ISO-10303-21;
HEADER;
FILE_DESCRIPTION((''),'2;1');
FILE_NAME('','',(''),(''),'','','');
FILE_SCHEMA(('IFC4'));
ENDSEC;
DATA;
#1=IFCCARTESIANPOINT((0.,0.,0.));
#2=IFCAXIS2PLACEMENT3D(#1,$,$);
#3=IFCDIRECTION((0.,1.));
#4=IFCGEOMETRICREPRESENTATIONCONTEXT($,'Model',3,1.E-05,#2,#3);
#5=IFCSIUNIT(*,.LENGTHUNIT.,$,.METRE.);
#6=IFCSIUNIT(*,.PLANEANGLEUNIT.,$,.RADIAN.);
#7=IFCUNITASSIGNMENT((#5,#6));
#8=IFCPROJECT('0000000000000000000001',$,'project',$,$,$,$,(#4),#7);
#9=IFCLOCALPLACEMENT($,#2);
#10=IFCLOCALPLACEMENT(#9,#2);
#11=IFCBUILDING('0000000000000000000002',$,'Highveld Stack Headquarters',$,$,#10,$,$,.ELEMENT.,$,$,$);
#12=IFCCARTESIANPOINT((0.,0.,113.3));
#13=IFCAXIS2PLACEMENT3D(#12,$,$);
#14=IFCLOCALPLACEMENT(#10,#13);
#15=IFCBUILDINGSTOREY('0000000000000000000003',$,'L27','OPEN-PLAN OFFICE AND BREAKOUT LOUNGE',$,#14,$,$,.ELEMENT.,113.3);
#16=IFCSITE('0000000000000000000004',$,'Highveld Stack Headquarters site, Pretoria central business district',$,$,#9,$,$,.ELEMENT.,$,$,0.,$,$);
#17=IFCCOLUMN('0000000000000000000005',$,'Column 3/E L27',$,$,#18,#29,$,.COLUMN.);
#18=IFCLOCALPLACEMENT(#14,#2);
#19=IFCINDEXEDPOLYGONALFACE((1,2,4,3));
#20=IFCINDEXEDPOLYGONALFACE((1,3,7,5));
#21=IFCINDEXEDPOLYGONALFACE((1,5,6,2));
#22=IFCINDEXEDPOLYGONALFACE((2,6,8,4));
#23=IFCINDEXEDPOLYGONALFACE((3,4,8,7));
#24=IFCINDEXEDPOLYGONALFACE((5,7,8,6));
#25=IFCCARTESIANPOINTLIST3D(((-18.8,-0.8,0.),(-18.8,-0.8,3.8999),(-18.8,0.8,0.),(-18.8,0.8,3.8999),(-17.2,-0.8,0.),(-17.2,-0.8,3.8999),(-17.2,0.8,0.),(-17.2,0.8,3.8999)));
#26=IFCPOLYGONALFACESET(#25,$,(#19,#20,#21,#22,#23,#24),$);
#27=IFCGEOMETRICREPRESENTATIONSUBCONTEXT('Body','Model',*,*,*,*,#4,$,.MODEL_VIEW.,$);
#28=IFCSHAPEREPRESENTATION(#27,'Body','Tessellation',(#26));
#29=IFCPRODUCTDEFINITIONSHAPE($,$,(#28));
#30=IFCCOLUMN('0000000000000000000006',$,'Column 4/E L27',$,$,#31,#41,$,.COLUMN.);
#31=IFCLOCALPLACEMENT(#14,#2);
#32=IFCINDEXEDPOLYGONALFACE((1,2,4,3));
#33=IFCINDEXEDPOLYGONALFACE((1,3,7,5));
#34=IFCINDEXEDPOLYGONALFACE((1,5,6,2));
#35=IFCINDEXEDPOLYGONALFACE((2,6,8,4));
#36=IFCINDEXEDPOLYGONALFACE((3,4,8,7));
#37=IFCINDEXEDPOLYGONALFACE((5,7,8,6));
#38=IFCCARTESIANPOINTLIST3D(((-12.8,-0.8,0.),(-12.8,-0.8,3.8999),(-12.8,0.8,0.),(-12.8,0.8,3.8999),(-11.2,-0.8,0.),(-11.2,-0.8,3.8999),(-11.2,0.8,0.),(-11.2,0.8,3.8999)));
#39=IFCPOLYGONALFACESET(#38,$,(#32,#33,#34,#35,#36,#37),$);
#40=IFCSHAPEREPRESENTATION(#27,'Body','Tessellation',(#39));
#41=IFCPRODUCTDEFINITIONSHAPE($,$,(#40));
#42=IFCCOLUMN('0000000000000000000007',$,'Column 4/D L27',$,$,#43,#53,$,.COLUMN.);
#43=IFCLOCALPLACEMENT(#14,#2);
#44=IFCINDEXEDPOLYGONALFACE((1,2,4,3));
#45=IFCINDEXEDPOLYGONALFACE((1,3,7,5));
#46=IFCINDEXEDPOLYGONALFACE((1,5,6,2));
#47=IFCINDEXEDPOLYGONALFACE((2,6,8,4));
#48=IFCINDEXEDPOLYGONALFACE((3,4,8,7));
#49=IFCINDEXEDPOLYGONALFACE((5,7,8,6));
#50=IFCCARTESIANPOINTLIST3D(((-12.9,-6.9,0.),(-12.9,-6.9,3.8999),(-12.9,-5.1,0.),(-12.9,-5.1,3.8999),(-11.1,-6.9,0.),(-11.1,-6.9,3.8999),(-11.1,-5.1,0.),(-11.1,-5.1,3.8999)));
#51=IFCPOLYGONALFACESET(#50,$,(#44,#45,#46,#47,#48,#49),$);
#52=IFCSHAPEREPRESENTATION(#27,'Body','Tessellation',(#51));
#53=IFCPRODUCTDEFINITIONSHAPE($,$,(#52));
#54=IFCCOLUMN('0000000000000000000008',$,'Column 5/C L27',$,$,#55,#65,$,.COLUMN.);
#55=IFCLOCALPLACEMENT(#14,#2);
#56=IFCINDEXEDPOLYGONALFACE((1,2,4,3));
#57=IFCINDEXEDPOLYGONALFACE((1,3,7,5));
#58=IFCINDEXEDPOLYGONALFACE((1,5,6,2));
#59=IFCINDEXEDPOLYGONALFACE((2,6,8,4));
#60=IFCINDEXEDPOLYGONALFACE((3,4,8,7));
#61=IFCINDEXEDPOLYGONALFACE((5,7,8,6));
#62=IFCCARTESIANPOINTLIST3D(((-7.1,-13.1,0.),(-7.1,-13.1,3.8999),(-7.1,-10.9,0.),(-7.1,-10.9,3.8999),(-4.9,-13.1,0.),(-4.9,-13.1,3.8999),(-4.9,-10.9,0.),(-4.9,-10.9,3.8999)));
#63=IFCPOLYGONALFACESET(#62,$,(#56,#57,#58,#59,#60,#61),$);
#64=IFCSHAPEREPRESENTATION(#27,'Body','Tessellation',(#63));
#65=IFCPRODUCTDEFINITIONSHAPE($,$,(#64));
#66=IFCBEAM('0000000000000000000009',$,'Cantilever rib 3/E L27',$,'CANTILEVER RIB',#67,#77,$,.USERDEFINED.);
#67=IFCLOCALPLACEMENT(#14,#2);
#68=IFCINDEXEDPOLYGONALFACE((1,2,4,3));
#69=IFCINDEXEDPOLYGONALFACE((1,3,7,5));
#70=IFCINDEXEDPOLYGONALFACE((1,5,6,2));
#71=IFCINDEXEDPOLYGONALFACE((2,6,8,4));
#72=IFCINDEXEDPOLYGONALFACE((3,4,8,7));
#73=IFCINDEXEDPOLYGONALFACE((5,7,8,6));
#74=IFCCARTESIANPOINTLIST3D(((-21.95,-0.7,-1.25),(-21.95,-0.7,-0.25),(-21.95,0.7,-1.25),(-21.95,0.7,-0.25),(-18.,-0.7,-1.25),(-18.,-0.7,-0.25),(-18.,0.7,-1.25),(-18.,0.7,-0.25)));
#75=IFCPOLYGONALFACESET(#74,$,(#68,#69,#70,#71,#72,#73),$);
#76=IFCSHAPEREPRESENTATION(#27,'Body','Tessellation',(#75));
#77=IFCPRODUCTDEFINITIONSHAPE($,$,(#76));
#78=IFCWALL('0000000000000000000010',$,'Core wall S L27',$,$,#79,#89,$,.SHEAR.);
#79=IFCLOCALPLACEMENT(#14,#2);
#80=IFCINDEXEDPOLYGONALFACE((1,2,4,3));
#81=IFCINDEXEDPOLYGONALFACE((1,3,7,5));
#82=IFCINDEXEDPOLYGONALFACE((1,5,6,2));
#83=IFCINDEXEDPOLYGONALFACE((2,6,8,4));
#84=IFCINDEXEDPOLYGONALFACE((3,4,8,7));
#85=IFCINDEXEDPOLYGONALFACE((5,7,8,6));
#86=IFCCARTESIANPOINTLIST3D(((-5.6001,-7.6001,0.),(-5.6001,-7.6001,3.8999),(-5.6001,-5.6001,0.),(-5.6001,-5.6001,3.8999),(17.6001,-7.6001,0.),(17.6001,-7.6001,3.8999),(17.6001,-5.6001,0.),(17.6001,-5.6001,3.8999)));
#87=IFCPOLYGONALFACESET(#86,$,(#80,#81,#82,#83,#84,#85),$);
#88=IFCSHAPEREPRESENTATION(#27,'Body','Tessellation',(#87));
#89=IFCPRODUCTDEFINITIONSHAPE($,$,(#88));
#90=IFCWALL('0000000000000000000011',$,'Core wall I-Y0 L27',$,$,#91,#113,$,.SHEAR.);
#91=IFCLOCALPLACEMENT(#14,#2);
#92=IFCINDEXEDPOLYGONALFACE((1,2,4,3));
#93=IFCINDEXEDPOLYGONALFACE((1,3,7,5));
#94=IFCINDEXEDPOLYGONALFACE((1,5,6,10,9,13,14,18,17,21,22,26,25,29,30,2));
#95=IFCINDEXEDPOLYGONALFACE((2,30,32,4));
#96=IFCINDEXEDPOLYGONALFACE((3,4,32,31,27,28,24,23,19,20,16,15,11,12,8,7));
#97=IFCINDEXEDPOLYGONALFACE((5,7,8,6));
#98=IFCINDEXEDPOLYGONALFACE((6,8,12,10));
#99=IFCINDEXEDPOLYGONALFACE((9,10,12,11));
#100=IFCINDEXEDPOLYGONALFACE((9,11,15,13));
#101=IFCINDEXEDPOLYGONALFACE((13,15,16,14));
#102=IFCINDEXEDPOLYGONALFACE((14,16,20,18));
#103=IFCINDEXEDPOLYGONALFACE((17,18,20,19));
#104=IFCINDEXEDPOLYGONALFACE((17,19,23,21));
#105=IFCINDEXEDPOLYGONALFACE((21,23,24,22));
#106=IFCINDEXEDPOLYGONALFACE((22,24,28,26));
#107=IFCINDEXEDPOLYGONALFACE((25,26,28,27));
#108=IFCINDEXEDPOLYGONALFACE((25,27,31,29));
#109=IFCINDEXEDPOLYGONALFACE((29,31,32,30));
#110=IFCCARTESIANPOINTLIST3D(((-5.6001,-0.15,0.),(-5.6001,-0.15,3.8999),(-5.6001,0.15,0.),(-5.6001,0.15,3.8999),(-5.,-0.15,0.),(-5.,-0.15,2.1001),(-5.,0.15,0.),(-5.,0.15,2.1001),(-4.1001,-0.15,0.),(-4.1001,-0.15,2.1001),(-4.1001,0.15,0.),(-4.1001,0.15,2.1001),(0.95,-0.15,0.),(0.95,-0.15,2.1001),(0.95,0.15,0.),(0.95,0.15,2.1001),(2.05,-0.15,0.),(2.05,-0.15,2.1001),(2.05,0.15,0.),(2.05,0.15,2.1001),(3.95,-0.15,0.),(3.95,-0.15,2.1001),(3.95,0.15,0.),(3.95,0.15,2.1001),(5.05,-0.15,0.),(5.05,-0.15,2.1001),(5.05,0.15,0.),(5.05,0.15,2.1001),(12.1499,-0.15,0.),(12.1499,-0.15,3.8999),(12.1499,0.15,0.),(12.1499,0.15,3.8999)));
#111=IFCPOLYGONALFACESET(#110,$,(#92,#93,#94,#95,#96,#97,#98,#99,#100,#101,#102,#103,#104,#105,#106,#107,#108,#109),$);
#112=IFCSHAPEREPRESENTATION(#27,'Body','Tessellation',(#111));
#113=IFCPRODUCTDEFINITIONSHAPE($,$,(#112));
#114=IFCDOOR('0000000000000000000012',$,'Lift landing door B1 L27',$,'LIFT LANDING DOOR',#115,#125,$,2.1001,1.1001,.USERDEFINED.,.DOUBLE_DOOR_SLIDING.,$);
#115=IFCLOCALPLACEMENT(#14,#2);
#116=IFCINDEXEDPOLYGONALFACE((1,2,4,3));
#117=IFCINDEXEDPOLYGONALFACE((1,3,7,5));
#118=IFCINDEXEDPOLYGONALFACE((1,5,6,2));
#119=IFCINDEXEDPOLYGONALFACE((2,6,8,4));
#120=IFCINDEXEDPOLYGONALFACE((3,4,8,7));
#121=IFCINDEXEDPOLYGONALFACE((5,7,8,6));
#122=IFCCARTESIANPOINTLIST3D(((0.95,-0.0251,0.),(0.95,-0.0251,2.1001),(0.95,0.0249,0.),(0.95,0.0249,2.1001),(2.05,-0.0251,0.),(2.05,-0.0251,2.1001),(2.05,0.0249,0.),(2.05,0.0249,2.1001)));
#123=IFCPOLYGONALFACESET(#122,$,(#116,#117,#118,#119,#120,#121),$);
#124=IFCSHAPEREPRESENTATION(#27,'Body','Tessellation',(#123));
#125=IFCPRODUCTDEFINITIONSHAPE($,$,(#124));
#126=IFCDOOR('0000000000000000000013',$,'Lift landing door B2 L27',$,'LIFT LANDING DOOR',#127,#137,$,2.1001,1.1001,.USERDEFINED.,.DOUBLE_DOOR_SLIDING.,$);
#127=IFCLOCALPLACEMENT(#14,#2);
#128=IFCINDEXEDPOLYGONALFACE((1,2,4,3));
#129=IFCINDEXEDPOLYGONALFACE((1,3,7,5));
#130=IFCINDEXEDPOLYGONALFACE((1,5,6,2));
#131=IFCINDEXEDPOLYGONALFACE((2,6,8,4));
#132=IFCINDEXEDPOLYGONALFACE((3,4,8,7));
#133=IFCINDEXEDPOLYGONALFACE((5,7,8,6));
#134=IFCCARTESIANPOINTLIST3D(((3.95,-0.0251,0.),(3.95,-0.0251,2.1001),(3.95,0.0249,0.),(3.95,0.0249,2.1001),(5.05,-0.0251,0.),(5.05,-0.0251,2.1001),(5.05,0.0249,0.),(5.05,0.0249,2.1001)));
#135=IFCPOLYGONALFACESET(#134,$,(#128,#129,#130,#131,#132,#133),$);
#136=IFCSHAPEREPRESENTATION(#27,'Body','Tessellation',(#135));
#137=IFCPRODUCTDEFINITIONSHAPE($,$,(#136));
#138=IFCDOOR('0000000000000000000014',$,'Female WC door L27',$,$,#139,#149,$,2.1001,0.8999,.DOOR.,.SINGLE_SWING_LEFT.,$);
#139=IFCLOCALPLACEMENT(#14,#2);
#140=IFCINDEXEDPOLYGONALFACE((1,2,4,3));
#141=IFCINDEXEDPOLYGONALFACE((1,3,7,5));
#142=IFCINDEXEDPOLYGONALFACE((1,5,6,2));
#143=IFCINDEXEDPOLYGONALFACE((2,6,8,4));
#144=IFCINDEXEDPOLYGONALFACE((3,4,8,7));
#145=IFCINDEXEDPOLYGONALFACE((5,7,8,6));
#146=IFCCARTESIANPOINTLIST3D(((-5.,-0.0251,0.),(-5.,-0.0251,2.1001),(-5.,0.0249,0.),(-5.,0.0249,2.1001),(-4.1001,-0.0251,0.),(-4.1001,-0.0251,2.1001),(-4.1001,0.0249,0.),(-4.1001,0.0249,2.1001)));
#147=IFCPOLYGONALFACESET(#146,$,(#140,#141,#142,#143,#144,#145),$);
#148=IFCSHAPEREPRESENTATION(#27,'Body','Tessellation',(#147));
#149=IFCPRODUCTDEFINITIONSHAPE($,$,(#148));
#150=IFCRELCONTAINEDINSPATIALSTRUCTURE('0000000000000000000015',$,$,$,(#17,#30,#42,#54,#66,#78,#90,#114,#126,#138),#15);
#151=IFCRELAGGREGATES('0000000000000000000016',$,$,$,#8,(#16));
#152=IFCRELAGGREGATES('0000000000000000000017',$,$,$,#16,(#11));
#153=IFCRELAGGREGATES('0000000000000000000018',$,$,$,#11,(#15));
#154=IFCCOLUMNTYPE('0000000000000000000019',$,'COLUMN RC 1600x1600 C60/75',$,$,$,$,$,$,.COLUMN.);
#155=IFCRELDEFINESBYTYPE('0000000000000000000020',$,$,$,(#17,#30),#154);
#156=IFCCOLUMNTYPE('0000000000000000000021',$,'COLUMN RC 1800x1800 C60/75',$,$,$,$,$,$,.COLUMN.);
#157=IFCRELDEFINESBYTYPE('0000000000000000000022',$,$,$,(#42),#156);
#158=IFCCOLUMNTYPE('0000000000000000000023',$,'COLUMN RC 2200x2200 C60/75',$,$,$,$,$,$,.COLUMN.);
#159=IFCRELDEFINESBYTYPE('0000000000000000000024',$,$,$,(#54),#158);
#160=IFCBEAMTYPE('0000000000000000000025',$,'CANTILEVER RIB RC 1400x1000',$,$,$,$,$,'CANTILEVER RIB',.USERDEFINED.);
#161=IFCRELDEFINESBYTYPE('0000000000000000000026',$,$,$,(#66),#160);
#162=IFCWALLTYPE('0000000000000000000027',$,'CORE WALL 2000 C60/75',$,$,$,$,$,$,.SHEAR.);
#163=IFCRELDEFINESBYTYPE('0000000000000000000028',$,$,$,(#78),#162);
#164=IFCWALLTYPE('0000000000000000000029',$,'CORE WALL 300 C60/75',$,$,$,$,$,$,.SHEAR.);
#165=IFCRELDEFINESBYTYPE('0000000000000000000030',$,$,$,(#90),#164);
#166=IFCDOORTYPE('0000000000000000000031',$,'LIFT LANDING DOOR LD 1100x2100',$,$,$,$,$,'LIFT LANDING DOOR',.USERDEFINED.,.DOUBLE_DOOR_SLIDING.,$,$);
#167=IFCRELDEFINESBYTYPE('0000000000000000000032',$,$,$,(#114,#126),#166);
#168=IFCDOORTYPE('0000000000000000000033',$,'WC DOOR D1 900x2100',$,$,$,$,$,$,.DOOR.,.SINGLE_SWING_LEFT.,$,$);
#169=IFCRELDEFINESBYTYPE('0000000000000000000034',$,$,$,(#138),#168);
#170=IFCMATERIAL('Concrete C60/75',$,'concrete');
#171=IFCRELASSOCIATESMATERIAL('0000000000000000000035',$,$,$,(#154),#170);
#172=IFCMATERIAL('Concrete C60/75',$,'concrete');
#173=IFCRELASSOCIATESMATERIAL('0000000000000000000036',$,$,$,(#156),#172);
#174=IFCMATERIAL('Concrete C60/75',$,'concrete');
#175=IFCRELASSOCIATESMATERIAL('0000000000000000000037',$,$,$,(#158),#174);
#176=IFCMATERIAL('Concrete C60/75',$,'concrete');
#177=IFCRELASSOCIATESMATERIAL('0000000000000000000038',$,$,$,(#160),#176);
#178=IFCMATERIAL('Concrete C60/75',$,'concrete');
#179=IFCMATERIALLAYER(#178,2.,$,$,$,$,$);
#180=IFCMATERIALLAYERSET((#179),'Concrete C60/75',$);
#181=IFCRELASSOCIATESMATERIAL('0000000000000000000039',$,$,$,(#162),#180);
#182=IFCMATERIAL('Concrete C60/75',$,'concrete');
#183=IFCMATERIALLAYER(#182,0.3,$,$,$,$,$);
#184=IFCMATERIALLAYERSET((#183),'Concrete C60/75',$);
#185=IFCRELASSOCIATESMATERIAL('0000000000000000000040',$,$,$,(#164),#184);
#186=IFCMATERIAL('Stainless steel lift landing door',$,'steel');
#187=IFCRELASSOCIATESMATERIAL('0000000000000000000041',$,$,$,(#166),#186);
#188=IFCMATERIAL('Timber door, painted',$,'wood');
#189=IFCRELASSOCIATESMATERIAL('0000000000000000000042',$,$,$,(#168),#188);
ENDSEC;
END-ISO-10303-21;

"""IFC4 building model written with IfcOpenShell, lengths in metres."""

from ifc_helpers import new_model, si_unit, direction, frame, frame_2d, origin, origin_2d, place, context, subcontext, project, spatial, rectangle, extrude, material, layer, layer_set, material_profile, profile_set, type_object, element, fill, save


model = new_model("IFC4")

# Units and contexts
model_context = context("Model", 3, precision=1e-05, world=origin(), true_north=direction((0.0, 1.0)))
body_context = subcontext(model_context, "Body", "Model", "MODEL_VIEW")
ifc_project = project(units=[si_unit("LENGTHUNIT", "METRE"), si_unit("PLANEANGLEUNIT", "RADIAN")], contexts=[model_context])

# Site, building, storey
site_placement = place(None, origin())
site = spatial("IfcSite", under=ifc_project, at=site_placement, Name="Highveld Stack Headquarters site, Pretoria central business district", CompositionType="ELEMENT", RefElevation=0.0)
building_placement = place(site_placement, origin())
building = spatial("IfcBuilding", under=site, at=building_placement, Name="Highveld Stack Headquarters", CompositionType="ELEMENT")
storey_placement = place(building_placement, frame((0.0, 0.0, 113.3)))
storey = spatial("IfcBuildingStorey", under=building, at=storey_placement, Name="L27", Description="OPEN-PLAN OFFICE AND BREAKOUT LOUNGE", CompositionType="ELEMENT", Elevation=113.3)

# Columns
ifc_material_1 = material(Name="Concrete C60/75", Category="concrete")
ifc_material_profile_1 = material_profile(ifc_material_1, rectangle(XDim=1.6001, YDim=1.6001, at=origin_2d()), Name="RC 1600x1600")
ifc_profile_set_1 = profile_set([ifc_material_profile_1], Name="Concrete C60/75")
column_type_1 = type_object("IfcColumnType", Name="COLUMN RC 1600x1600 C60/75", PredefinedType="COLUMN", material=ifc_profile_set_1)
for number, where, z_axis, x_axis, name in (
    (1, (-18.0, 0.0, 0.0), (0.0, 0.0, 1.0), (1.0, 0.0, 0.0), "Column 3/E L27"),
    (2, (-12.0, 0.0, 0.0), (0.0, 0.0, 1.0), (1.0, 0.0, 0.0), "Column 4/E L27"),
):
    element("IfcColumn", number, at=place(storey_placement, frame(where, z_axis=z_axis, x_axis=x_axis)), inside=storey, type_object=column_type_1, Name=name, PredefinedType="COLUMN", context=body_context, shape_type="SweptSolid", body=[
        extrude(rectangle(XDim=1.6001, YDim=1.6001, at=origin_2d()), origin(), (0.0, 0.0, 1.0), 3.8999),
    ])
ifc_material_2 = material(Name="Concrete C60/75", Category="concrete")
ifc_material_profile_2 = material_profile(ifc_material_2, rectangle(XDim=1.8, YDim=1.8, at=origin_2d()), Name="RC 1800x1800")
ifc_profile_set_2 = profile_set([ifc_material_profile_2], Name="Concrete C60/75")
column_type_2 = type_object("IfcColumnType", Name="COLUMN RC 1800x1800 C60/75", PredefinedType="COLUMN", material=ifc_profile_set_2)
column_1_placement = place(storey_placement, frame((-12.0, -6.0, 0.0), z_axis=(0.0, 0.0, 1.0), x_axis=(1.0, 0.0, 0.0)))
element("IfcColumn", 3, at=column_1_placement, inside=storey, type_object=column_type_2, Name="Column 4/D L27", PredefinedType="COLUMN", context=body_context, shape_type="SweptSolid", body=[
    extrude(rectangle(XDim=1.8, YDim=1.8, at=origin_2d()), origin(), (0.0, 0.0, 1.0), 3.8999),
])
ifc_material_3 = material(Name="Concrete C60/75", Category="concrete")
ifc_material_profile_3 = material_profile(ifc_material_3, rectangle(XDim=2.2, YDim=2.2, at=origin_2d()), Name="RC 2200x2200")
ifc_profile_set_3 = profile_set([ifc_material_profile_3], Name="Concrete C60/75")
column_type_3 = type_object("IfcColumnType", Name="COLUMN RC 2200x2200 C60/75", PredefinedType="COLUMN", material=ifc_profile_set_3)
column_2_placement = place(storey_placement, frame((-6.0, -12.0, 0.0), z_axis=(0.0, 0.0, 1.0), x_axis=(1.0, 0.0, 0.0)))
element("IfcColumn", 4, at=column_2_placement, inside=storey, type_object=column_type_3, Name="Column 5/C L27", PredefinedType="COLUMN", context=body_context, shape_type="SweptSolid", body=[
    extrude(rectangle(XDim=2.2, YDim=2.2, at=origin_2d()), origin(), (0.0, 0.0, 1.0), 3.8999),
])

# Beam
ifc_material_4 = material(Name="Concrete C60/75", Category="concrete")
ifc_material_profile_4 = material_profile(ifc_material_4, rectangle(XDim=1.3999, YDim=1.0, at=origin_2d()), Name="RC 1400x1000")
ifc_profile_set_4 = profile_set([ifc_material_profile_4], Name="Concrete C60/75")
beam_type = type_object("IfcBeamType", Name="CANTILEVER RIB RC 1400x1000", ElementType="CANTILEVER RIB", PredefinedType="USERDEFINED", material=ifc_profile_set_4)
beam_placement = place(storey_placement, frame((-18.0, 0.0, -0.75), z_axis=(-1.0, 0.0, 0.0), x_axis=(0.0, -1.0, 0.0)))
element("IfcBeam", 5, at=beam_placement, inside=storey, type_object=beam_type, Name="Cantilever rib 3/E L27", ObjectType="CANTILEVER RIB", PredefinedType="USERDEFINED", context=body_context, shape_type="SweptSolid", body=[
    extrude(rectangle(XDim=1.3999, YDim=1.0, at=origin_2d()), origin(), (0.0, 0.0, 1.0), 3.95),
])

# Wall
ifc_material_5 = material(Name="Concrete C60/75", Category="concrete")
ifc_layer_1 = layer(ifc_material_5, 2.0)
ifc_layer_set_1 = layer_set([ifc_layer_1], Name="Concrete C60/75")
wall_type_1 = type_object("IfcWallType", Name="CORE WALL 2000 C60/75", PredefinedType="SHEAR", material=ifc_layer_set_1)
wall_1_placement = place(storey_placement, frame((-5.6001, -6.6001, 0.0), z_axis=(0.0, 0.0, 1.0), x_axis=(1.0, 0.0, 0.0)))
element("IfcWall", 6, at=wall_1_placement, inside=storey, type_object=wall_type_1, Name="Core wall S L27", PredefinedType="SHEAR", context=body_context, shape_type="SweptSolid", body=[
    extrude(rectangle(XDim=23.2002, YDim=2.0, at=frame_2d((11.6001, 0.0))), origin(), (0.0, 0.0, 1.0), 3.8999),
])

# Wall, openings, doors
ifc_material_6 = material(Name="Concrete C60/75", Category="concrete")
ifc_layer_2 = layer(ifc_material_6, 0.3)
ifc_layer_set_2 = layer_set([ifc_layer_2], Name="Concrete C60/75")
wall_type_2 = type_object("IfcWallType", Name="CORE WALL 300 C60/75", PredefinedType="SHEAR", material=ifc_layer_set_2)
wall_2_placement = place(storey_placement, frame((-5.6001, 0.0, 0.0), z_axis=(0.0, 0.0, 1.0), x_axis=(1.0, 0.0, 0.0)))
wall_2 = element("IfcWall", 7, at=wall_2_placement, inside=storey, type_object=wall_type_2, Name="Core wall I-Y0 L27", PredefinedType="SHEAR", context=body_context, shape_type="SweptSolid", body=[
    extrude(rectangle(XDim=17.75, YDim=0.3, at=frame_2d((8.875, 0.0))), origin(), (0.0, 0.0, 1.0), 3.8999),
])
opening_1_placement = place(wall_2_placement, frame((0.6001, 0.0, 0.0)))
opening_1 = element("IfcOpeningElement", 8, at=opening_1_placement, cuts=wall_2, PredefinedType="OPENING", context=body_context, shape_type="SweptSolid", body=[
    extrude(rectangle(XDim=0.8999, YDim=2.1001, at=frame_2d((0.45, 1.05))), frame((0.0, 0.1599, 0.0), z_axis=(0.0, -1.0, 0.0), x_axis=(1.0, 0.0, 0.0)), (0.0, 0.0, 1.0), 0.3201),
])
opening_2_placement = place(wall_2_placement, frame((6.55, 0.0, 0.0)))
opening_2 = element("IfcOpeningElement", 9, at=opening_2_placement, cuts=wall_2, PredefinedType="OPENING", context=body_context, shape_type="SweptSolid", body=[
    extrude(rectangle(XDim=1.1001, YDim=2.1001, at=frame_2d((0.55, 1.05))), frame((0.0, 0.1599, 0.0), z_axis=(0.0, -1.0, 0.0), x_axis=(1.0, 0.0, 0.0)), (0.0, 0.0, 1.0), 0.3201),
])
opening_3_placement = place(wall_2_placement, frame((9.55, 0.0, 0.0)))
opening_3 = element("IfcOpeningElement", 10, at=opening_3_placement, cuts=wall_2, PredefinedType="OPENING", context=body_context, shape_type="SweptSolid", body=[
    extrude(rectangle(XDim=1.1001, YDim=2.1001, at=frame_2d((0.55, 1.05))), frame((0.0, 0.1599, 0.0), z_axis=(0.0, -1.0, 0.0), x_axis=(1.0, 0.0, 0.0)), (0.0, 0.0, 1.0), 0.3201),
])
ifc_material_7 = material(Name="Stainless steel lift landing door", Category="steel")
door_type_1 = type_object("IfcDoorType", Name="LIFT LANDING DOOR LD 1100x2100", ElementType="LIFT LANDING DOOR", OperationType="DOUBLE_DOOR_SLIDING", PredefinedType="USERDEFINED", material=ifc_material_7)
door_1_placement = place(opening_2_placement, origin())
door_1 = element("IfcDoor", 11, at=door_1_placement, inside=storey, type_object=door_type_1, Name="Lift landing door B1 L27", ObjectType="LIFT LANDING DOOR", OperationType="DOUBLE_DOOR_SLIDING", OverallHeight=2.1001, OverallWidth=1.1001, PredefinedType="USERDEFINED", context=body_context, shape_type="SweptSolid", body=[
    extrude(rectangle(XDim=1.1001, YDim=2.1001, at=frame_2d((0.55, 1.05))), frame((0.0, 0.0249, 0.0), z_axis=(0.0, -1.0, 0.0), x_axis=(1.0, 0.0, 0.0)), (0.0, 0.0, 1.0), 0.05),
])
fill(opening_2, door_1)
door_2_placement = place(opening_3_placement, origin())
door_2 = element("IfcDoor", 12, at=door_2_placement, inside=storey, type_object=door_type_1, Name="Lift landing door B2 L27", ObjectType="LIFT LANDING DOOR", OperationType="DOUBLE_DOOR_SLIDING", OverallHeight=2.1001, OverallWidth=1.1001, PredefinedType="USERDEFINED", context=body_context, shape_type="SweptSolid", body=[
    extrude(rectangle(XDim=1.1001, YDim=2.1001, at=frame_2d((0.55, 1.05))), frame((0.0, 0.0249, 0.0), z_axis=(0.0, -1.0, 0.0), x_axis=(1.0, 0.0, 0.0)), (0.0, 0.0, 1.0), 0.05),
])
fill(opening_3, door_2)
ifc_material_8 = material(Name="Timber door, painted", Category="wood")
door_type_2 = type_object("IfcDoorType", Name="WC DOOR D1 900x2100", OperationType="SINGLE_SWING_LEFT", PredefinedType="DOOR", material=ifc_material_8)
door_3_placement = place(opening_1_placement, origin())
door_3 = element("IfcDoor", 13, at=door_3_placement, inside=storey, type_object=door_type_2, Name="Female WC door L27", OperationType="SINGLE_SWING_LEFT", OverallHeight=2.1001, OverallWidth=0.8999, PredefinedType="DOOR", context=body_context, shape_type="SweptSolid", body=[
    extrude(rectangle(XDim=0.8999, YDim=2.1001, at=frame_2d((0.45, 1.05))), frame((0.0, 0.0249, 0.0), z_axis=(0.0, -1.0, 0.0), x_axis=(1.0, 0.0, 0.0)), (0.0, 0.0, 1.0), 0.05),
])
fill(opening_1, door_3)

save(model, "model.ifc")
